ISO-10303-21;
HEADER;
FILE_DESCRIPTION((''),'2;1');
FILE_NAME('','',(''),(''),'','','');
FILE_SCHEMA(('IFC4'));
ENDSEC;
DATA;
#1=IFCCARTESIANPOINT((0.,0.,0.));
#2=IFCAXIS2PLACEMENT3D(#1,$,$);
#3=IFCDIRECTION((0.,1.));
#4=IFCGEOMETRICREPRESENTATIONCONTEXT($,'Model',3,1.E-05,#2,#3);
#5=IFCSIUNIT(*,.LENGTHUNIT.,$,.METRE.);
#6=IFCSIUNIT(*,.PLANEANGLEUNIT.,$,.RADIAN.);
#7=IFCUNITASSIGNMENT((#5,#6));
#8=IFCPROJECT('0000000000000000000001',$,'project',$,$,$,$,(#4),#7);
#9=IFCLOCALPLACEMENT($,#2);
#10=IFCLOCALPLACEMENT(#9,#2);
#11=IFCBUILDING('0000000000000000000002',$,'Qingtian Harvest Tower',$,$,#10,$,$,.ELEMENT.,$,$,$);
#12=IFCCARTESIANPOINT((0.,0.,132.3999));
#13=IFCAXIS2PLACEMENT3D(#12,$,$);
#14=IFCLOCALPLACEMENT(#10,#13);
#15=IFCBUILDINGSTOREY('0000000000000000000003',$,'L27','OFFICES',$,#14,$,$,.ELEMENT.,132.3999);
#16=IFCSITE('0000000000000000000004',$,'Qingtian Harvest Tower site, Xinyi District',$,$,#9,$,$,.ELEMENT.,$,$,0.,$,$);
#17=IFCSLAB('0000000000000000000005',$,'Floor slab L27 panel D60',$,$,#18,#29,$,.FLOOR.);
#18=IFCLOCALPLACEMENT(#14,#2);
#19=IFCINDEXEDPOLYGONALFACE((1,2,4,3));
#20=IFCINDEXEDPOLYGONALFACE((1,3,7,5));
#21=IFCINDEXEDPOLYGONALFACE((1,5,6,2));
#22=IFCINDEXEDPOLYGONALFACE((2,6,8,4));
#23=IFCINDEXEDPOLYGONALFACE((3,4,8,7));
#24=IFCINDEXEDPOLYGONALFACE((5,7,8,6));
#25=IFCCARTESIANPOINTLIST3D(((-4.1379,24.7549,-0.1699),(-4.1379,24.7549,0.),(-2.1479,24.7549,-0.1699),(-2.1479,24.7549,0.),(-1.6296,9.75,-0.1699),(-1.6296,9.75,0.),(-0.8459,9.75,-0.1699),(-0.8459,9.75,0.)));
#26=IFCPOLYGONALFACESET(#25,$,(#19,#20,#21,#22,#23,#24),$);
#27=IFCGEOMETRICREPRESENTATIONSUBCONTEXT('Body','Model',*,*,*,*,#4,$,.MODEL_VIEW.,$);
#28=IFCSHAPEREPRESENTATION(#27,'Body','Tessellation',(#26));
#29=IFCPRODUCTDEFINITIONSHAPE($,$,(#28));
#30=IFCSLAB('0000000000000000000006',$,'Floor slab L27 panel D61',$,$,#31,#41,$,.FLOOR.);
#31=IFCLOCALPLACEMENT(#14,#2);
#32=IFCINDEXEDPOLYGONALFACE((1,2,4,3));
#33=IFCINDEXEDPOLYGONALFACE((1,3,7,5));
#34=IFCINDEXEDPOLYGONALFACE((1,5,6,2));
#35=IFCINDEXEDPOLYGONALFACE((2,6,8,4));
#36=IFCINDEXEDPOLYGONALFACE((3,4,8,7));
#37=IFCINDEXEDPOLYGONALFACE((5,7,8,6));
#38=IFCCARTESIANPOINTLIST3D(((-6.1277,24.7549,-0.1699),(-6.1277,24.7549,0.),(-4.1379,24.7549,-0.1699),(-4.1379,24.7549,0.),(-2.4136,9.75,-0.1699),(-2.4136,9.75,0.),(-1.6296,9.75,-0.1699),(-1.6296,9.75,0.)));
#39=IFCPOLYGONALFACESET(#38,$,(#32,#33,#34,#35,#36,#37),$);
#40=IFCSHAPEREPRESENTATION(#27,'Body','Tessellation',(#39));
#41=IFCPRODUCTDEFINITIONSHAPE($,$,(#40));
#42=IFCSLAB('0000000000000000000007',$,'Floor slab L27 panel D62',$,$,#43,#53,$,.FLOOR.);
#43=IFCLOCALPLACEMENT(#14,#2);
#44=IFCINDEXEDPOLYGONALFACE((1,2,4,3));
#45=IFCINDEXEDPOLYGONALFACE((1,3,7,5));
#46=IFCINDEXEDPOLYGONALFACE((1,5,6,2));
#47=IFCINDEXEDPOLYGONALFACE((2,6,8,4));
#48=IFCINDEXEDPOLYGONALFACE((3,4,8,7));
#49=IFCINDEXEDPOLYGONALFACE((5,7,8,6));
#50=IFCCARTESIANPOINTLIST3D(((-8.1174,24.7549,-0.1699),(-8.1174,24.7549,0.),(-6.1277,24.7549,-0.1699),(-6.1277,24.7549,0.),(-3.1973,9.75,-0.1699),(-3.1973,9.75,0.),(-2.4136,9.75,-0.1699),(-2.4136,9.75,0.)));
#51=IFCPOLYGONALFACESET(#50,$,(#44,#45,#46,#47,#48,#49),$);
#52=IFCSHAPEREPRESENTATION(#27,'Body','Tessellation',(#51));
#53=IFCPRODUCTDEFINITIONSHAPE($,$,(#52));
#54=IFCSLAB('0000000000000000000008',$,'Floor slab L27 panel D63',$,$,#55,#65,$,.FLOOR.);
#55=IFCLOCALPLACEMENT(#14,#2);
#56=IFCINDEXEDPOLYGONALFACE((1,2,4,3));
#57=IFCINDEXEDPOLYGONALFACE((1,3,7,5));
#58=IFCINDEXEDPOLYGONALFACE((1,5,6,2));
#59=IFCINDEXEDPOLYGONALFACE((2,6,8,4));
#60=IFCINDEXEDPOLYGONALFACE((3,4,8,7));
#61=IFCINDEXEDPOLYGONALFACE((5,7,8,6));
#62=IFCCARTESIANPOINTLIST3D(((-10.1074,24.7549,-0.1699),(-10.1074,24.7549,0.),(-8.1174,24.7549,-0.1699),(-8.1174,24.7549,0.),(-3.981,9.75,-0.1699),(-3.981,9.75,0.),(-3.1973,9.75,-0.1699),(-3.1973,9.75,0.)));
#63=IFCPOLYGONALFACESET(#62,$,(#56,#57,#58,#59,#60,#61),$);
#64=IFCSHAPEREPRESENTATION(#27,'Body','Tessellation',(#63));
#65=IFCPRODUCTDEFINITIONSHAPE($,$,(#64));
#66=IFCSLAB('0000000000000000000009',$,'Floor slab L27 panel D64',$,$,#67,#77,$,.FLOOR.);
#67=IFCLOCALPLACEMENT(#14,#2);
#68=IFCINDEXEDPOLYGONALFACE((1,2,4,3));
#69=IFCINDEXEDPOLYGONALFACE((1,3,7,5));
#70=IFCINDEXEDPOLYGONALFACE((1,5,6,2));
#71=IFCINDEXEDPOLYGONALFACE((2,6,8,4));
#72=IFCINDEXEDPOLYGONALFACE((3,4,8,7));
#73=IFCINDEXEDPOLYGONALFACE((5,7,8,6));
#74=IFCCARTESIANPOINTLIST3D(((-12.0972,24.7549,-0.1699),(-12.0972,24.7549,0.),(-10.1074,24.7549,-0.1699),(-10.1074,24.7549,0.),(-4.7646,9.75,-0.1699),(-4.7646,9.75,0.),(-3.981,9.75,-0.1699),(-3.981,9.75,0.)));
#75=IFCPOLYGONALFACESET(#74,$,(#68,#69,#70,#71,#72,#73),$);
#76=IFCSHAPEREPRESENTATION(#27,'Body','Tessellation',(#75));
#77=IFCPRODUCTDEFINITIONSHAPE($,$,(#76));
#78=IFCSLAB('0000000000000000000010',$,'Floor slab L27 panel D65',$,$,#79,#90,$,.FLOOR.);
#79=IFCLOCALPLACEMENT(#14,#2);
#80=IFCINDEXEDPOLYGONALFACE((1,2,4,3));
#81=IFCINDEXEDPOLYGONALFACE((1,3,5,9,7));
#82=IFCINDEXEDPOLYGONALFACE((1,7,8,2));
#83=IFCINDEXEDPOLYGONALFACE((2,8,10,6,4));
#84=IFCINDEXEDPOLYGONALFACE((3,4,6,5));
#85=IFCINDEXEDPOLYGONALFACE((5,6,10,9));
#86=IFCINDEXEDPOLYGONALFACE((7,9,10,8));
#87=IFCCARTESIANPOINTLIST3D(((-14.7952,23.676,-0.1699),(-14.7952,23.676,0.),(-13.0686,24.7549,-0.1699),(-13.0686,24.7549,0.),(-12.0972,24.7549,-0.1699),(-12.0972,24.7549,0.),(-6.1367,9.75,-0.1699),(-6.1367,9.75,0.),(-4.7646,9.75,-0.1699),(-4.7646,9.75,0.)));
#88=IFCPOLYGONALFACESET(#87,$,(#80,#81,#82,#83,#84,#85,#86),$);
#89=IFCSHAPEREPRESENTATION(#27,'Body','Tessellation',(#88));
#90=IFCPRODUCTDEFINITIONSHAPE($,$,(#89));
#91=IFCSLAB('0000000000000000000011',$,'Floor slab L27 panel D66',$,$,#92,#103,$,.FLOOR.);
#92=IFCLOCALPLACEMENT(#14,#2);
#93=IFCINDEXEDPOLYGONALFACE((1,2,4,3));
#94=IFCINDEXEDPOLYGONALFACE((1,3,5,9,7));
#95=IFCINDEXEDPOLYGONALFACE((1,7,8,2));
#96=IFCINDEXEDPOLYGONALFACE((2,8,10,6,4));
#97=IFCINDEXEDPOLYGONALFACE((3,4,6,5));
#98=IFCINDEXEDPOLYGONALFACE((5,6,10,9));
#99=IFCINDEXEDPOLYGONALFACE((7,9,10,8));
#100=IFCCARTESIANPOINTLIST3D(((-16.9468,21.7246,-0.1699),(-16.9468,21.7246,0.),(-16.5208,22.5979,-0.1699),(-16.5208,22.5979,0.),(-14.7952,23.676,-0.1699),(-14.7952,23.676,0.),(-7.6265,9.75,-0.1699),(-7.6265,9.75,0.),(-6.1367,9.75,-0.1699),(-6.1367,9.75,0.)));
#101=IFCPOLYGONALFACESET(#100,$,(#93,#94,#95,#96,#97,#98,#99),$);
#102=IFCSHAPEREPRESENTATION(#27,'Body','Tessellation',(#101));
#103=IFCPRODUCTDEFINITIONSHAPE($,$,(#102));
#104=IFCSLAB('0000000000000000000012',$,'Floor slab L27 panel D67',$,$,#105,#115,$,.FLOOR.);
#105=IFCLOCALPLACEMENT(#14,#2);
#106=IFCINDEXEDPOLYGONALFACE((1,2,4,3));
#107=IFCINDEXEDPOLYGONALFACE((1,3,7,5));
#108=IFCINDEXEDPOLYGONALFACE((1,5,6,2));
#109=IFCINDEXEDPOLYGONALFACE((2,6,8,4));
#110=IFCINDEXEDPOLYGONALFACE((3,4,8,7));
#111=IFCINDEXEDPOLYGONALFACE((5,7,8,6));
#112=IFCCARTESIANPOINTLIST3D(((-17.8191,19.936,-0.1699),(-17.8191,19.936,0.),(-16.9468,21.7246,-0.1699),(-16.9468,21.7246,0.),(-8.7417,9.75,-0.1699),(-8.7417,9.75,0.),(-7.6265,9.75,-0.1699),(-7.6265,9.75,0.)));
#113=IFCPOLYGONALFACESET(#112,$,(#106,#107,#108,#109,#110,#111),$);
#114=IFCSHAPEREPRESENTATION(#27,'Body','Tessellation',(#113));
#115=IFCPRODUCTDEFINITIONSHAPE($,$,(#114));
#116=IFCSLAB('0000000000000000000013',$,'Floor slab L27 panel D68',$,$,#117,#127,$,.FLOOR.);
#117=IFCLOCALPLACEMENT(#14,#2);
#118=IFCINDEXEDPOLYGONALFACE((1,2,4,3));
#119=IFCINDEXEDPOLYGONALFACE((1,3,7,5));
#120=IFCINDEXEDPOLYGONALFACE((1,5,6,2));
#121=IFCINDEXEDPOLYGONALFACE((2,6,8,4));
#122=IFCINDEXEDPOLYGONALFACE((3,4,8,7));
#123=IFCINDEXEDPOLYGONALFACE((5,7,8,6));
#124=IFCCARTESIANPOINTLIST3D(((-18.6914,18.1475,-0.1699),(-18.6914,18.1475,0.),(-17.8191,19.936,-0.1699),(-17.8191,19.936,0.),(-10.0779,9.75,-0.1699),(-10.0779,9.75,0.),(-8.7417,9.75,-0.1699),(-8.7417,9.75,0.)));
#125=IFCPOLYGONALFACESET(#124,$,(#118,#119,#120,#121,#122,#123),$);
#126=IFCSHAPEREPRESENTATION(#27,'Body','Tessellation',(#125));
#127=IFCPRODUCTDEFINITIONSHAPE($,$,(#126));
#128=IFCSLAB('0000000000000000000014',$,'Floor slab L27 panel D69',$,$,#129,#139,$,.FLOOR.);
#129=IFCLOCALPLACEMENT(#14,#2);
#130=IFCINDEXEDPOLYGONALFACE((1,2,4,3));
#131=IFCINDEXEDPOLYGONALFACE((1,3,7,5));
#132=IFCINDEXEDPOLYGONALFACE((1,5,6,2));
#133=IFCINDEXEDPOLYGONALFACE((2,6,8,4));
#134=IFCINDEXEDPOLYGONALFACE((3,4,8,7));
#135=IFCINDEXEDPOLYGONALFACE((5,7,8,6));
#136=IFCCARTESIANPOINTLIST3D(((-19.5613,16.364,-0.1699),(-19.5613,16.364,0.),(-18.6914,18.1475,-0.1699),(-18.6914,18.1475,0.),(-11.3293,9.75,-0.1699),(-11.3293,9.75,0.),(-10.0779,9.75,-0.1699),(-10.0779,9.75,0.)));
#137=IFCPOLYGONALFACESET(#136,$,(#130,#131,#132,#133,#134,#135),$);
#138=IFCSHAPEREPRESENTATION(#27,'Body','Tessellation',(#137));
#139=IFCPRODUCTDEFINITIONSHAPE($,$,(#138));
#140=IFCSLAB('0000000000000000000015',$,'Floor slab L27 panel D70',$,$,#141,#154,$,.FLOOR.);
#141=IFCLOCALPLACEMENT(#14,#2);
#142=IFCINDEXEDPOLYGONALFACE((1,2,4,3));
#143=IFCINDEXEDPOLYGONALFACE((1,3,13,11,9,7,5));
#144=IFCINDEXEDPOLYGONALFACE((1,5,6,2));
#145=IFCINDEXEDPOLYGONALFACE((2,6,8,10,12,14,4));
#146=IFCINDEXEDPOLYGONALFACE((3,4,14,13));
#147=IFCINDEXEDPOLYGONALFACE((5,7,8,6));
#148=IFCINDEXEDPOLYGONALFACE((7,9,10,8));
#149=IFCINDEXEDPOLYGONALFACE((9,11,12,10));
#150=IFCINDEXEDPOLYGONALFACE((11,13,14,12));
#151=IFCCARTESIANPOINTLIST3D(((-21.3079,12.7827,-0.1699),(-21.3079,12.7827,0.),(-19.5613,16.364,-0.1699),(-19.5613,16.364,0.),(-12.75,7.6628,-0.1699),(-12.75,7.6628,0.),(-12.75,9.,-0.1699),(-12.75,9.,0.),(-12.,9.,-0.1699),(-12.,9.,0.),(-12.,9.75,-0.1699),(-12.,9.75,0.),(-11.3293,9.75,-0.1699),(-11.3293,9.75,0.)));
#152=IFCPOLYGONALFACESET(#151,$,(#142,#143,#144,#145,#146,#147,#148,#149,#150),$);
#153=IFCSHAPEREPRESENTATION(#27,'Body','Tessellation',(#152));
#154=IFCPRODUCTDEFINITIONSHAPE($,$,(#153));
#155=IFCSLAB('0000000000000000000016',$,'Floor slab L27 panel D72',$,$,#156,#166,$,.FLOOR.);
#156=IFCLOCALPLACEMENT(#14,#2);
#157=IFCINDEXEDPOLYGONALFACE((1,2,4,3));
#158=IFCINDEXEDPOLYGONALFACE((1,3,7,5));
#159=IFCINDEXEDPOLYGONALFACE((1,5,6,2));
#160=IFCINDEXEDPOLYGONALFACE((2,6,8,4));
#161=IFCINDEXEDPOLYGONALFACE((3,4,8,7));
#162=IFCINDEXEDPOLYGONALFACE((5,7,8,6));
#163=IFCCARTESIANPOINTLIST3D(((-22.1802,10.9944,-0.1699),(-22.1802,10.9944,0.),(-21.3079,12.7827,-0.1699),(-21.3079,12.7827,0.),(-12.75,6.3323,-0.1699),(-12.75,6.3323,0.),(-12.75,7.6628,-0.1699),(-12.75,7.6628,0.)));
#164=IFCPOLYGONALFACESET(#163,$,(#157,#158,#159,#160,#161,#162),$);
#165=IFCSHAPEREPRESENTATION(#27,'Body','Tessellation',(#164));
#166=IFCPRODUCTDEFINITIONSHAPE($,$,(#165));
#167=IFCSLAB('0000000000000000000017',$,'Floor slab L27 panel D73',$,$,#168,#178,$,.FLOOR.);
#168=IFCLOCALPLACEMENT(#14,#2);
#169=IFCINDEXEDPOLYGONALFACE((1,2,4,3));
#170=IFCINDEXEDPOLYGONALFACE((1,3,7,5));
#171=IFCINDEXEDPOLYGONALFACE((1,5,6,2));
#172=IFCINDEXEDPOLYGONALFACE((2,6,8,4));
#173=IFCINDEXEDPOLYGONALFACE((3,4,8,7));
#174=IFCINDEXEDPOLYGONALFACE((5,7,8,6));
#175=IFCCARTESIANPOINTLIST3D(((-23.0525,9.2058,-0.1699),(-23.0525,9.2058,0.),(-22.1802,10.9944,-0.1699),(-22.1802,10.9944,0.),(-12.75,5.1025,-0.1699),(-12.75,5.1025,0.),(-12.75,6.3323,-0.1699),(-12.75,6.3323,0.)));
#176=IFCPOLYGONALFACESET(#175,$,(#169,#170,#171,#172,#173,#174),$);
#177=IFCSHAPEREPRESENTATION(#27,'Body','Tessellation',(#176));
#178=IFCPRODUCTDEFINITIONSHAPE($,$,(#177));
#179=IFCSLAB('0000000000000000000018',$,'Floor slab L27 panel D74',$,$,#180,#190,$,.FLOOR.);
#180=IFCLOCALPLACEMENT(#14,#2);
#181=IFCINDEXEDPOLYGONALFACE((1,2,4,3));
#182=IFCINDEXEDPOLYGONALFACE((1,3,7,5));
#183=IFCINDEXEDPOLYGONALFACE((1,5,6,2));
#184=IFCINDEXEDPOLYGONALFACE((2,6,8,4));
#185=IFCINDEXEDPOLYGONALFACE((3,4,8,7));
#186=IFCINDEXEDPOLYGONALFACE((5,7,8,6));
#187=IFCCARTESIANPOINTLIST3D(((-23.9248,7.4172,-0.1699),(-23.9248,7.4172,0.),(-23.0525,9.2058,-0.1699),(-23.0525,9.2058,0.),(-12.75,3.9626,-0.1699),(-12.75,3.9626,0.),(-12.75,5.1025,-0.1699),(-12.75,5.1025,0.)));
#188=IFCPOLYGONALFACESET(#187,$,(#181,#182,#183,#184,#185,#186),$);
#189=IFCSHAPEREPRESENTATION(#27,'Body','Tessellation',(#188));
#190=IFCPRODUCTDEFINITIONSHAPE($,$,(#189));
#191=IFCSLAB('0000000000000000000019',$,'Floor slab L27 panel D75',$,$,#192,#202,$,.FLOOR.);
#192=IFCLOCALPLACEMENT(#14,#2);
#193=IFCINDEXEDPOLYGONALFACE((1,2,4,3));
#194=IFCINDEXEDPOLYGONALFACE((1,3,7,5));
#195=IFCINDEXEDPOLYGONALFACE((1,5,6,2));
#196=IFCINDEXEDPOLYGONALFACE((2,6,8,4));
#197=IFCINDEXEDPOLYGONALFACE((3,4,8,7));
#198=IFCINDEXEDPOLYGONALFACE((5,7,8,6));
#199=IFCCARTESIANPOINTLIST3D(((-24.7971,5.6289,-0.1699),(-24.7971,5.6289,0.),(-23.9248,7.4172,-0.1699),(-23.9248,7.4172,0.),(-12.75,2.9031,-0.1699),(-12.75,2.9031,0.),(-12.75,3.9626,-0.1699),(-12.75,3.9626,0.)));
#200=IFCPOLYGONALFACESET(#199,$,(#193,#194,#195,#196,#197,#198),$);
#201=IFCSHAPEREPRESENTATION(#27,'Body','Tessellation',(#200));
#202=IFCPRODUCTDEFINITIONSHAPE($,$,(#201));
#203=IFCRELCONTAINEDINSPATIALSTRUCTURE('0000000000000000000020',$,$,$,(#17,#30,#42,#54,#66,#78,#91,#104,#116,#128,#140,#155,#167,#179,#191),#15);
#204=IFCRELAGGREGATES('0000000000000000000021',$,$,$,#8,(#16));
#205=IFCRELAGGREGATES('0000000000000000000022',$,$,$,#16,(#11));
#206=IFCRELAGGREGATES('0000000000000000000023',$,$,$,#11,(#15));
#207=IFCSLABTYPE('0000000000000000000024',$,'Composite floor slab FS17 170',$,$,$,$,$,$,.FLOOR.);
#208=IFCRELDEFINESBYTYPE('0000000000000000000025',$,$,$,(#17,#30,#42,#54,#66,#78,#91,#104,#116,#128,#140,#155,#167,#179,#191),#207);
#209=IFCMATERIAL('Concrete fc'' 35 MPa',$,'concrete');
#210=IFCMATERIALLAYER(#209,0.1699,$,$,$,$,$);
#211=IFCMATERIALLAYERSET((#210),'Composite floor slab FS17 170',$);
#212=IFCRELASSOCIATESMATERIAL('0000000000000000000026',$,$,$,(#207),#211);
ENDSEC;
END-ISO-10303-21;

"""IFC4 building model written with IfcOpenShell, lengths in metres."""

from ifc_helpers import new_model, si_unit, direction, frame, origin, place, context, subcontext, project, spatial, polyline, outline, extrude, material, layer, layer_set, type_object, element, save


model = new_model("IFC4")

# Units and contexts
model_context = context("Model", 3, precision=1e-05, world=origin(), true_north=direction((0.0, 1.0)))
body_context = subcontext(model_context, "Body", "Model", "MODEL_VIEW")
ifc_project = project(units=[si_unit("LENGTHUNIT", "METRE"), si_unit("PLANEANGLEUNIT", "RADIAN")], contexts=[model_context])

# Site, building, storey
site_placement = place(None, origin())
site = spatial("IfcSite", under=ifc_project, at=site_placement, Name="Qingtian Harvest Tower site, Xinyi District", CompositionType="ELEMENT", RefElevation=0.0)
building_placement = place(site_placement, origin())
building = spatial("IfcBuilding", under=site, at=building_placement, Name="Qingtian Harvest Tower", CompositionType="ELEMENT")
storey_placement = place(building_placement, frame((0.0, 0.0, 132.3999)))
storey = spatial("IfcBuildingStorey", under=building, at=storey_placement, Name="L27", Description="OFFICES", CompositionType="ELEMENT", Elevation=132.3999)

# Slabs
ifc_material_1 = material(Name="Concrete fc' 35 MPa", Category="concrete")
ifc_layer_1 = layer(ifc_material_1, 0.1699)
ifc_layer_set_1 = layer_set([ifc_layer_1], Name="Composite floor slab FS17 170")
slab_type = type_object("IfcSlabType", Name="Composite floor slab FS17 170", PredefinedType="FLOOR", material=ifc_layer_set_1)
slab_1_placement = place(storey_placement, frame((0.0, 0.0, -0.1699)))
element("IfcSlab", 1, at=slab_1_placement, inside=storey, type_object=slab_type, Name="Floor slab L27 panel D60", PredefinedType="FLOOR", context=body_context, shape_type="SweptSolid", body=[
    extrude(outline(polyline([(-1.6296, 9.75), (-4.1379, 24.7549), (-2.1479, 24.7549), (-0.8459, 9.75), (-1.6296, 9.75)])), origin(), (0.0, 0.0, 1.0), 0.1699),
])
slab_2_placement = place(storey_placement, frame((0.0, 0.0, -0.1699)))
element("IfcSlab", 2, at=slab_2_placement, inside=storey, type_object=slab_type, Name="Floor slab L27 panel D61", PredefinedType="FLOOR", context=body_context, shape_type="SweptSolid", body=[
    extrude(outline(polyline([(-2.4136, 9.75), (-6.1277, 24.7549), (-4.1379, 24.7549), (-1.6296, 9.75), (-2.4136, 9.75)])), origin(), (0.0, 0.0, 1.0), 0.1699),
])
slab_3_placement = place(storey_placement, frame((0.0, 0.0, -0.1699)))
element("IfcSlab", 3, at=slab_3_placement, inside=storey, type_object=slab_type, Name="Floor slab L27 panel D62", PredefinedType="FLOOR", context=body_context, shape_type="SweptSolid", body=[
    extrude(outline(polyline([(-3.1973, 9.75), (-8.1174, 24.7549), (-6.1277, 24.7549), (-2.4136, 9.75), (-3.1973, 9.75)])), origin(), (0.0, 0.0, 1.0), 0.1699),
])
slab_4_placement = place(storey_placement, frame((0.0, 0.0, -0.1699)))
element("IfcSlab", 4, at=slab_4_placement, inside=storey, type_object=slab_type, Name="Floor slab L27 panel D63", PredefinedType="FLOOR", context=body_context, shape_type="SweptSolid", body=[
    extrude(outline(polyline([(-3.981, 9.75), (-10.1074, 24.7549), (-8.1174, 24.7549), (-3.1973, 9.75), (-3.981, 9.75)])), origin(), (0.0, 0.0, 1.0), 0.1699),
])
slab_5_placement = place(storey_placement, frame((0.0, 0.0, -0.1699)))
element("IfcSlab", 5, at=slab_5_placement, inside=storey, type_object=slab_type, Name="Floor slab L27 panel D64", PredefinedType="FLOOR", context=body_context, shape_type="SweptSolid", body=[
    extrude(outline(polyline([(-4.7646, 9.75), (-12.0972, 24.7549), (-10.1074, 24.7549), (-3.981, 9.75), (-4.7646, 9.75)])), origin(), (0.0, 0.0, 1.0), 0.1699),
])
slab_6_placement = place(storey_placement, frame((0.0, 0.0, -0.1699)))
element("IfcSlab", 6, at=slab_6_placement, inside=storey, type_object=slab_type, Name="Floor slab L27 panel D65", PredefinedType="FLOOR", context=body_context, shape_type="SweptSolid", body=[
    extrude(outline(polyline([(-4.7646, 9.75), (-6.1367, 9.75), (-14.7952, 23.676), (-13.0686, 24.7549), (-12.0972, 24.7549), (-4.7646, 9.75)])), origin(), (0.0, 0.0, 1.0), 0.1699),
])
slab_7_placement = place(storey_placement, frame((0.0, 0.0, -0.1699)))
element("IfcSlab", 7, at=slab_7_placement, inside=storey, type_object=slab_type, Name="Floor slab L27 panel D66", PredefinedType="FLOOR", context=body_context, shape_type="SweptSolid", body=[
    extrude(outline(polyline([(-6.1367, 9.75), (-7.6265, 9.75), (-16.9468, 21.7246), (-16.5208, 22.5979), (-14.7952, 23.676), (-6.1367, 9.75)])), origin(), (0.0, 0.0, 1.0), 0.1699),
])
slab_8_placement = place(storey_placement, frame((0.0, 0.0, -0.1699)))
element("IfcSlab", 8, at=slab_8_placement, inside=storey, type_object=slab_type, Name="Floor slab L27 panel D67", PredefinedType="FLOOR", context=body_context, shape_type="SweptSolid", body=[
    extrude(outline(polyline([(-8.7417, 9.75), (-17.8191, 19.936), (-16.9468, 21.7246), (-7.6265, 9.75), (-8.7417, 9.75)])), origin(), (0.0, 0.0, 1.0), 0.1699),
])
slab_9_placement = place(storey_placement, frame((0.0, 0.0, -0.1699)))
element("IfcSlab", 9, at=slab_9_placement, inside=storey, type_object=slab_type, Name="Floor slab L27 panel D68", PredefinedType="FLOOR", context=body_context, shape_type="SweptSolid", body=[
    extrude(outline(polyline([(-10.0779, 9.75), (-18.6914, 18.1475), (-17.8191, 19.936), (-8.7417, 9.75), (-10.0779, 9.75)])), origin(), (0.0, 0.0, 1.0), 0.1699),
])
slab_10_placement = place(storey_placement, frame((0.0, 0.0, -0.1699)))
element("IfcSlab", 10, at=slab_10_placement, inside=storey, type_object=slab_type, Name="Floor slab L27 panel D69", PredefinedType="FLOOR", context=body_context, shape_type="SweptSolid", body=[
    extrude(outline(polyline([(-11.3293, 9.75), (-19.5613, 16.364), (-18.6914, 18.1475), (-10.0779, 9.75), (-11.3293, 9.75)])), origin(), (0.0, 0.0, 1.0), 0.1699),
])
slab_11_placement = place(storey_placement, frame((0.0, 0.0, -0.1699)))
element("IfcSlab", 11, at=slab_11_placement, inside=storey, type_object=slab_type, Name="Floor slab L27 panel D70", PredefinedType="FLOOR", context=body_context, shape_type="SweptSolid", body=[
    extrude(outline(polyline([(-12.0, 9.0), (-12.75, 9.0), (-12.75, 7.6628), (-21.3079, 12.7827), (-19.5613, 16.364), (-11.3293, 9.75), (-12.0, 9.75), (-12.0, 9.0)])), origin(), (0.0, 0.0, 1.0), 0.1699),
])
slab_12_placement = place(storey_placement, frame((0.0, 0.0, -0.1699)))
element("IfcSlab", 12, at=slab_12_placement, inside=storey, type_object=slab_type, Name="Floor slab L27 panel D72", PredefinedType="FLOOR", context=body_context, shape_type="SweptSolid", body=[
    extrude(outline(polyline([(-12.75, 6.3323), (-22.1802, 10.9944), (-21.3079, 12.7827), (-12.75, 7.6628), (-12.75, 6.3323)])), origin(), (0.0, 0.0, 1.0), 0.1699),
])
slab_13_placement = place(storey_placement, frame((0.0, 0.0, -0.1699)))
element("IfcSlab", 13, at=slab_13_placement, inside=storey, type_object=slab_type, Name="Floor slab L27 panel D73", PredefinedType="FLOOR", context=body_context, shape_type="SweptSolid", body=[
    extrude(outline(polyline([(-12.75, 5.1025), (-23.0525, 9.2058), (-22.1802, 10.9944), (-12.75, 6.3323), (-12.75, 5.1025)])), origin(), (0.0, 0.0, 1.0), 0.1699),
])
slab_14_placement = place(storey_placement, frame((0.0, 0.0, -0.1699)))
element("IfcSlab", 14, at=slab_14_placement, inside=storey, type_object=slab_type, Name="Floor slab L27 panel D74", PredefinedType="FLOOR", context=body_context, shape_type="SweptSolid", body=[
    extrude(outline(polyline([(-12.75, 3.9626), (-23.9248, 7.4172), (-23.0525, 9.2058), (-12.75, 5.1025), (-12.75, 3.9626)])), origin(), (0.0, 0.0, 1.0), 0.1699),
])
slab_15_placement = place(storey_placement, frame((0.0, 0.0, -0.1699)))
element("IfcSlab", 15, at=slab_15_placement, inside=storey, type_object=slab_type, Name="Floor slab L27 panel D75", PredefinedType="FLOOR", context=body_context, shape_type="SweptSolid", body=[
    extrude(outline(polyline([(-12.75, 2.9031), (-24.7971, 5.6289), (-23.9248, 7.4172), (-12.75, 3.9626), (-12.75, 2.9031)])), origin(), (0.0, 0.0, 1.0), 0.1699),
])

save(model, "model.ifc")
